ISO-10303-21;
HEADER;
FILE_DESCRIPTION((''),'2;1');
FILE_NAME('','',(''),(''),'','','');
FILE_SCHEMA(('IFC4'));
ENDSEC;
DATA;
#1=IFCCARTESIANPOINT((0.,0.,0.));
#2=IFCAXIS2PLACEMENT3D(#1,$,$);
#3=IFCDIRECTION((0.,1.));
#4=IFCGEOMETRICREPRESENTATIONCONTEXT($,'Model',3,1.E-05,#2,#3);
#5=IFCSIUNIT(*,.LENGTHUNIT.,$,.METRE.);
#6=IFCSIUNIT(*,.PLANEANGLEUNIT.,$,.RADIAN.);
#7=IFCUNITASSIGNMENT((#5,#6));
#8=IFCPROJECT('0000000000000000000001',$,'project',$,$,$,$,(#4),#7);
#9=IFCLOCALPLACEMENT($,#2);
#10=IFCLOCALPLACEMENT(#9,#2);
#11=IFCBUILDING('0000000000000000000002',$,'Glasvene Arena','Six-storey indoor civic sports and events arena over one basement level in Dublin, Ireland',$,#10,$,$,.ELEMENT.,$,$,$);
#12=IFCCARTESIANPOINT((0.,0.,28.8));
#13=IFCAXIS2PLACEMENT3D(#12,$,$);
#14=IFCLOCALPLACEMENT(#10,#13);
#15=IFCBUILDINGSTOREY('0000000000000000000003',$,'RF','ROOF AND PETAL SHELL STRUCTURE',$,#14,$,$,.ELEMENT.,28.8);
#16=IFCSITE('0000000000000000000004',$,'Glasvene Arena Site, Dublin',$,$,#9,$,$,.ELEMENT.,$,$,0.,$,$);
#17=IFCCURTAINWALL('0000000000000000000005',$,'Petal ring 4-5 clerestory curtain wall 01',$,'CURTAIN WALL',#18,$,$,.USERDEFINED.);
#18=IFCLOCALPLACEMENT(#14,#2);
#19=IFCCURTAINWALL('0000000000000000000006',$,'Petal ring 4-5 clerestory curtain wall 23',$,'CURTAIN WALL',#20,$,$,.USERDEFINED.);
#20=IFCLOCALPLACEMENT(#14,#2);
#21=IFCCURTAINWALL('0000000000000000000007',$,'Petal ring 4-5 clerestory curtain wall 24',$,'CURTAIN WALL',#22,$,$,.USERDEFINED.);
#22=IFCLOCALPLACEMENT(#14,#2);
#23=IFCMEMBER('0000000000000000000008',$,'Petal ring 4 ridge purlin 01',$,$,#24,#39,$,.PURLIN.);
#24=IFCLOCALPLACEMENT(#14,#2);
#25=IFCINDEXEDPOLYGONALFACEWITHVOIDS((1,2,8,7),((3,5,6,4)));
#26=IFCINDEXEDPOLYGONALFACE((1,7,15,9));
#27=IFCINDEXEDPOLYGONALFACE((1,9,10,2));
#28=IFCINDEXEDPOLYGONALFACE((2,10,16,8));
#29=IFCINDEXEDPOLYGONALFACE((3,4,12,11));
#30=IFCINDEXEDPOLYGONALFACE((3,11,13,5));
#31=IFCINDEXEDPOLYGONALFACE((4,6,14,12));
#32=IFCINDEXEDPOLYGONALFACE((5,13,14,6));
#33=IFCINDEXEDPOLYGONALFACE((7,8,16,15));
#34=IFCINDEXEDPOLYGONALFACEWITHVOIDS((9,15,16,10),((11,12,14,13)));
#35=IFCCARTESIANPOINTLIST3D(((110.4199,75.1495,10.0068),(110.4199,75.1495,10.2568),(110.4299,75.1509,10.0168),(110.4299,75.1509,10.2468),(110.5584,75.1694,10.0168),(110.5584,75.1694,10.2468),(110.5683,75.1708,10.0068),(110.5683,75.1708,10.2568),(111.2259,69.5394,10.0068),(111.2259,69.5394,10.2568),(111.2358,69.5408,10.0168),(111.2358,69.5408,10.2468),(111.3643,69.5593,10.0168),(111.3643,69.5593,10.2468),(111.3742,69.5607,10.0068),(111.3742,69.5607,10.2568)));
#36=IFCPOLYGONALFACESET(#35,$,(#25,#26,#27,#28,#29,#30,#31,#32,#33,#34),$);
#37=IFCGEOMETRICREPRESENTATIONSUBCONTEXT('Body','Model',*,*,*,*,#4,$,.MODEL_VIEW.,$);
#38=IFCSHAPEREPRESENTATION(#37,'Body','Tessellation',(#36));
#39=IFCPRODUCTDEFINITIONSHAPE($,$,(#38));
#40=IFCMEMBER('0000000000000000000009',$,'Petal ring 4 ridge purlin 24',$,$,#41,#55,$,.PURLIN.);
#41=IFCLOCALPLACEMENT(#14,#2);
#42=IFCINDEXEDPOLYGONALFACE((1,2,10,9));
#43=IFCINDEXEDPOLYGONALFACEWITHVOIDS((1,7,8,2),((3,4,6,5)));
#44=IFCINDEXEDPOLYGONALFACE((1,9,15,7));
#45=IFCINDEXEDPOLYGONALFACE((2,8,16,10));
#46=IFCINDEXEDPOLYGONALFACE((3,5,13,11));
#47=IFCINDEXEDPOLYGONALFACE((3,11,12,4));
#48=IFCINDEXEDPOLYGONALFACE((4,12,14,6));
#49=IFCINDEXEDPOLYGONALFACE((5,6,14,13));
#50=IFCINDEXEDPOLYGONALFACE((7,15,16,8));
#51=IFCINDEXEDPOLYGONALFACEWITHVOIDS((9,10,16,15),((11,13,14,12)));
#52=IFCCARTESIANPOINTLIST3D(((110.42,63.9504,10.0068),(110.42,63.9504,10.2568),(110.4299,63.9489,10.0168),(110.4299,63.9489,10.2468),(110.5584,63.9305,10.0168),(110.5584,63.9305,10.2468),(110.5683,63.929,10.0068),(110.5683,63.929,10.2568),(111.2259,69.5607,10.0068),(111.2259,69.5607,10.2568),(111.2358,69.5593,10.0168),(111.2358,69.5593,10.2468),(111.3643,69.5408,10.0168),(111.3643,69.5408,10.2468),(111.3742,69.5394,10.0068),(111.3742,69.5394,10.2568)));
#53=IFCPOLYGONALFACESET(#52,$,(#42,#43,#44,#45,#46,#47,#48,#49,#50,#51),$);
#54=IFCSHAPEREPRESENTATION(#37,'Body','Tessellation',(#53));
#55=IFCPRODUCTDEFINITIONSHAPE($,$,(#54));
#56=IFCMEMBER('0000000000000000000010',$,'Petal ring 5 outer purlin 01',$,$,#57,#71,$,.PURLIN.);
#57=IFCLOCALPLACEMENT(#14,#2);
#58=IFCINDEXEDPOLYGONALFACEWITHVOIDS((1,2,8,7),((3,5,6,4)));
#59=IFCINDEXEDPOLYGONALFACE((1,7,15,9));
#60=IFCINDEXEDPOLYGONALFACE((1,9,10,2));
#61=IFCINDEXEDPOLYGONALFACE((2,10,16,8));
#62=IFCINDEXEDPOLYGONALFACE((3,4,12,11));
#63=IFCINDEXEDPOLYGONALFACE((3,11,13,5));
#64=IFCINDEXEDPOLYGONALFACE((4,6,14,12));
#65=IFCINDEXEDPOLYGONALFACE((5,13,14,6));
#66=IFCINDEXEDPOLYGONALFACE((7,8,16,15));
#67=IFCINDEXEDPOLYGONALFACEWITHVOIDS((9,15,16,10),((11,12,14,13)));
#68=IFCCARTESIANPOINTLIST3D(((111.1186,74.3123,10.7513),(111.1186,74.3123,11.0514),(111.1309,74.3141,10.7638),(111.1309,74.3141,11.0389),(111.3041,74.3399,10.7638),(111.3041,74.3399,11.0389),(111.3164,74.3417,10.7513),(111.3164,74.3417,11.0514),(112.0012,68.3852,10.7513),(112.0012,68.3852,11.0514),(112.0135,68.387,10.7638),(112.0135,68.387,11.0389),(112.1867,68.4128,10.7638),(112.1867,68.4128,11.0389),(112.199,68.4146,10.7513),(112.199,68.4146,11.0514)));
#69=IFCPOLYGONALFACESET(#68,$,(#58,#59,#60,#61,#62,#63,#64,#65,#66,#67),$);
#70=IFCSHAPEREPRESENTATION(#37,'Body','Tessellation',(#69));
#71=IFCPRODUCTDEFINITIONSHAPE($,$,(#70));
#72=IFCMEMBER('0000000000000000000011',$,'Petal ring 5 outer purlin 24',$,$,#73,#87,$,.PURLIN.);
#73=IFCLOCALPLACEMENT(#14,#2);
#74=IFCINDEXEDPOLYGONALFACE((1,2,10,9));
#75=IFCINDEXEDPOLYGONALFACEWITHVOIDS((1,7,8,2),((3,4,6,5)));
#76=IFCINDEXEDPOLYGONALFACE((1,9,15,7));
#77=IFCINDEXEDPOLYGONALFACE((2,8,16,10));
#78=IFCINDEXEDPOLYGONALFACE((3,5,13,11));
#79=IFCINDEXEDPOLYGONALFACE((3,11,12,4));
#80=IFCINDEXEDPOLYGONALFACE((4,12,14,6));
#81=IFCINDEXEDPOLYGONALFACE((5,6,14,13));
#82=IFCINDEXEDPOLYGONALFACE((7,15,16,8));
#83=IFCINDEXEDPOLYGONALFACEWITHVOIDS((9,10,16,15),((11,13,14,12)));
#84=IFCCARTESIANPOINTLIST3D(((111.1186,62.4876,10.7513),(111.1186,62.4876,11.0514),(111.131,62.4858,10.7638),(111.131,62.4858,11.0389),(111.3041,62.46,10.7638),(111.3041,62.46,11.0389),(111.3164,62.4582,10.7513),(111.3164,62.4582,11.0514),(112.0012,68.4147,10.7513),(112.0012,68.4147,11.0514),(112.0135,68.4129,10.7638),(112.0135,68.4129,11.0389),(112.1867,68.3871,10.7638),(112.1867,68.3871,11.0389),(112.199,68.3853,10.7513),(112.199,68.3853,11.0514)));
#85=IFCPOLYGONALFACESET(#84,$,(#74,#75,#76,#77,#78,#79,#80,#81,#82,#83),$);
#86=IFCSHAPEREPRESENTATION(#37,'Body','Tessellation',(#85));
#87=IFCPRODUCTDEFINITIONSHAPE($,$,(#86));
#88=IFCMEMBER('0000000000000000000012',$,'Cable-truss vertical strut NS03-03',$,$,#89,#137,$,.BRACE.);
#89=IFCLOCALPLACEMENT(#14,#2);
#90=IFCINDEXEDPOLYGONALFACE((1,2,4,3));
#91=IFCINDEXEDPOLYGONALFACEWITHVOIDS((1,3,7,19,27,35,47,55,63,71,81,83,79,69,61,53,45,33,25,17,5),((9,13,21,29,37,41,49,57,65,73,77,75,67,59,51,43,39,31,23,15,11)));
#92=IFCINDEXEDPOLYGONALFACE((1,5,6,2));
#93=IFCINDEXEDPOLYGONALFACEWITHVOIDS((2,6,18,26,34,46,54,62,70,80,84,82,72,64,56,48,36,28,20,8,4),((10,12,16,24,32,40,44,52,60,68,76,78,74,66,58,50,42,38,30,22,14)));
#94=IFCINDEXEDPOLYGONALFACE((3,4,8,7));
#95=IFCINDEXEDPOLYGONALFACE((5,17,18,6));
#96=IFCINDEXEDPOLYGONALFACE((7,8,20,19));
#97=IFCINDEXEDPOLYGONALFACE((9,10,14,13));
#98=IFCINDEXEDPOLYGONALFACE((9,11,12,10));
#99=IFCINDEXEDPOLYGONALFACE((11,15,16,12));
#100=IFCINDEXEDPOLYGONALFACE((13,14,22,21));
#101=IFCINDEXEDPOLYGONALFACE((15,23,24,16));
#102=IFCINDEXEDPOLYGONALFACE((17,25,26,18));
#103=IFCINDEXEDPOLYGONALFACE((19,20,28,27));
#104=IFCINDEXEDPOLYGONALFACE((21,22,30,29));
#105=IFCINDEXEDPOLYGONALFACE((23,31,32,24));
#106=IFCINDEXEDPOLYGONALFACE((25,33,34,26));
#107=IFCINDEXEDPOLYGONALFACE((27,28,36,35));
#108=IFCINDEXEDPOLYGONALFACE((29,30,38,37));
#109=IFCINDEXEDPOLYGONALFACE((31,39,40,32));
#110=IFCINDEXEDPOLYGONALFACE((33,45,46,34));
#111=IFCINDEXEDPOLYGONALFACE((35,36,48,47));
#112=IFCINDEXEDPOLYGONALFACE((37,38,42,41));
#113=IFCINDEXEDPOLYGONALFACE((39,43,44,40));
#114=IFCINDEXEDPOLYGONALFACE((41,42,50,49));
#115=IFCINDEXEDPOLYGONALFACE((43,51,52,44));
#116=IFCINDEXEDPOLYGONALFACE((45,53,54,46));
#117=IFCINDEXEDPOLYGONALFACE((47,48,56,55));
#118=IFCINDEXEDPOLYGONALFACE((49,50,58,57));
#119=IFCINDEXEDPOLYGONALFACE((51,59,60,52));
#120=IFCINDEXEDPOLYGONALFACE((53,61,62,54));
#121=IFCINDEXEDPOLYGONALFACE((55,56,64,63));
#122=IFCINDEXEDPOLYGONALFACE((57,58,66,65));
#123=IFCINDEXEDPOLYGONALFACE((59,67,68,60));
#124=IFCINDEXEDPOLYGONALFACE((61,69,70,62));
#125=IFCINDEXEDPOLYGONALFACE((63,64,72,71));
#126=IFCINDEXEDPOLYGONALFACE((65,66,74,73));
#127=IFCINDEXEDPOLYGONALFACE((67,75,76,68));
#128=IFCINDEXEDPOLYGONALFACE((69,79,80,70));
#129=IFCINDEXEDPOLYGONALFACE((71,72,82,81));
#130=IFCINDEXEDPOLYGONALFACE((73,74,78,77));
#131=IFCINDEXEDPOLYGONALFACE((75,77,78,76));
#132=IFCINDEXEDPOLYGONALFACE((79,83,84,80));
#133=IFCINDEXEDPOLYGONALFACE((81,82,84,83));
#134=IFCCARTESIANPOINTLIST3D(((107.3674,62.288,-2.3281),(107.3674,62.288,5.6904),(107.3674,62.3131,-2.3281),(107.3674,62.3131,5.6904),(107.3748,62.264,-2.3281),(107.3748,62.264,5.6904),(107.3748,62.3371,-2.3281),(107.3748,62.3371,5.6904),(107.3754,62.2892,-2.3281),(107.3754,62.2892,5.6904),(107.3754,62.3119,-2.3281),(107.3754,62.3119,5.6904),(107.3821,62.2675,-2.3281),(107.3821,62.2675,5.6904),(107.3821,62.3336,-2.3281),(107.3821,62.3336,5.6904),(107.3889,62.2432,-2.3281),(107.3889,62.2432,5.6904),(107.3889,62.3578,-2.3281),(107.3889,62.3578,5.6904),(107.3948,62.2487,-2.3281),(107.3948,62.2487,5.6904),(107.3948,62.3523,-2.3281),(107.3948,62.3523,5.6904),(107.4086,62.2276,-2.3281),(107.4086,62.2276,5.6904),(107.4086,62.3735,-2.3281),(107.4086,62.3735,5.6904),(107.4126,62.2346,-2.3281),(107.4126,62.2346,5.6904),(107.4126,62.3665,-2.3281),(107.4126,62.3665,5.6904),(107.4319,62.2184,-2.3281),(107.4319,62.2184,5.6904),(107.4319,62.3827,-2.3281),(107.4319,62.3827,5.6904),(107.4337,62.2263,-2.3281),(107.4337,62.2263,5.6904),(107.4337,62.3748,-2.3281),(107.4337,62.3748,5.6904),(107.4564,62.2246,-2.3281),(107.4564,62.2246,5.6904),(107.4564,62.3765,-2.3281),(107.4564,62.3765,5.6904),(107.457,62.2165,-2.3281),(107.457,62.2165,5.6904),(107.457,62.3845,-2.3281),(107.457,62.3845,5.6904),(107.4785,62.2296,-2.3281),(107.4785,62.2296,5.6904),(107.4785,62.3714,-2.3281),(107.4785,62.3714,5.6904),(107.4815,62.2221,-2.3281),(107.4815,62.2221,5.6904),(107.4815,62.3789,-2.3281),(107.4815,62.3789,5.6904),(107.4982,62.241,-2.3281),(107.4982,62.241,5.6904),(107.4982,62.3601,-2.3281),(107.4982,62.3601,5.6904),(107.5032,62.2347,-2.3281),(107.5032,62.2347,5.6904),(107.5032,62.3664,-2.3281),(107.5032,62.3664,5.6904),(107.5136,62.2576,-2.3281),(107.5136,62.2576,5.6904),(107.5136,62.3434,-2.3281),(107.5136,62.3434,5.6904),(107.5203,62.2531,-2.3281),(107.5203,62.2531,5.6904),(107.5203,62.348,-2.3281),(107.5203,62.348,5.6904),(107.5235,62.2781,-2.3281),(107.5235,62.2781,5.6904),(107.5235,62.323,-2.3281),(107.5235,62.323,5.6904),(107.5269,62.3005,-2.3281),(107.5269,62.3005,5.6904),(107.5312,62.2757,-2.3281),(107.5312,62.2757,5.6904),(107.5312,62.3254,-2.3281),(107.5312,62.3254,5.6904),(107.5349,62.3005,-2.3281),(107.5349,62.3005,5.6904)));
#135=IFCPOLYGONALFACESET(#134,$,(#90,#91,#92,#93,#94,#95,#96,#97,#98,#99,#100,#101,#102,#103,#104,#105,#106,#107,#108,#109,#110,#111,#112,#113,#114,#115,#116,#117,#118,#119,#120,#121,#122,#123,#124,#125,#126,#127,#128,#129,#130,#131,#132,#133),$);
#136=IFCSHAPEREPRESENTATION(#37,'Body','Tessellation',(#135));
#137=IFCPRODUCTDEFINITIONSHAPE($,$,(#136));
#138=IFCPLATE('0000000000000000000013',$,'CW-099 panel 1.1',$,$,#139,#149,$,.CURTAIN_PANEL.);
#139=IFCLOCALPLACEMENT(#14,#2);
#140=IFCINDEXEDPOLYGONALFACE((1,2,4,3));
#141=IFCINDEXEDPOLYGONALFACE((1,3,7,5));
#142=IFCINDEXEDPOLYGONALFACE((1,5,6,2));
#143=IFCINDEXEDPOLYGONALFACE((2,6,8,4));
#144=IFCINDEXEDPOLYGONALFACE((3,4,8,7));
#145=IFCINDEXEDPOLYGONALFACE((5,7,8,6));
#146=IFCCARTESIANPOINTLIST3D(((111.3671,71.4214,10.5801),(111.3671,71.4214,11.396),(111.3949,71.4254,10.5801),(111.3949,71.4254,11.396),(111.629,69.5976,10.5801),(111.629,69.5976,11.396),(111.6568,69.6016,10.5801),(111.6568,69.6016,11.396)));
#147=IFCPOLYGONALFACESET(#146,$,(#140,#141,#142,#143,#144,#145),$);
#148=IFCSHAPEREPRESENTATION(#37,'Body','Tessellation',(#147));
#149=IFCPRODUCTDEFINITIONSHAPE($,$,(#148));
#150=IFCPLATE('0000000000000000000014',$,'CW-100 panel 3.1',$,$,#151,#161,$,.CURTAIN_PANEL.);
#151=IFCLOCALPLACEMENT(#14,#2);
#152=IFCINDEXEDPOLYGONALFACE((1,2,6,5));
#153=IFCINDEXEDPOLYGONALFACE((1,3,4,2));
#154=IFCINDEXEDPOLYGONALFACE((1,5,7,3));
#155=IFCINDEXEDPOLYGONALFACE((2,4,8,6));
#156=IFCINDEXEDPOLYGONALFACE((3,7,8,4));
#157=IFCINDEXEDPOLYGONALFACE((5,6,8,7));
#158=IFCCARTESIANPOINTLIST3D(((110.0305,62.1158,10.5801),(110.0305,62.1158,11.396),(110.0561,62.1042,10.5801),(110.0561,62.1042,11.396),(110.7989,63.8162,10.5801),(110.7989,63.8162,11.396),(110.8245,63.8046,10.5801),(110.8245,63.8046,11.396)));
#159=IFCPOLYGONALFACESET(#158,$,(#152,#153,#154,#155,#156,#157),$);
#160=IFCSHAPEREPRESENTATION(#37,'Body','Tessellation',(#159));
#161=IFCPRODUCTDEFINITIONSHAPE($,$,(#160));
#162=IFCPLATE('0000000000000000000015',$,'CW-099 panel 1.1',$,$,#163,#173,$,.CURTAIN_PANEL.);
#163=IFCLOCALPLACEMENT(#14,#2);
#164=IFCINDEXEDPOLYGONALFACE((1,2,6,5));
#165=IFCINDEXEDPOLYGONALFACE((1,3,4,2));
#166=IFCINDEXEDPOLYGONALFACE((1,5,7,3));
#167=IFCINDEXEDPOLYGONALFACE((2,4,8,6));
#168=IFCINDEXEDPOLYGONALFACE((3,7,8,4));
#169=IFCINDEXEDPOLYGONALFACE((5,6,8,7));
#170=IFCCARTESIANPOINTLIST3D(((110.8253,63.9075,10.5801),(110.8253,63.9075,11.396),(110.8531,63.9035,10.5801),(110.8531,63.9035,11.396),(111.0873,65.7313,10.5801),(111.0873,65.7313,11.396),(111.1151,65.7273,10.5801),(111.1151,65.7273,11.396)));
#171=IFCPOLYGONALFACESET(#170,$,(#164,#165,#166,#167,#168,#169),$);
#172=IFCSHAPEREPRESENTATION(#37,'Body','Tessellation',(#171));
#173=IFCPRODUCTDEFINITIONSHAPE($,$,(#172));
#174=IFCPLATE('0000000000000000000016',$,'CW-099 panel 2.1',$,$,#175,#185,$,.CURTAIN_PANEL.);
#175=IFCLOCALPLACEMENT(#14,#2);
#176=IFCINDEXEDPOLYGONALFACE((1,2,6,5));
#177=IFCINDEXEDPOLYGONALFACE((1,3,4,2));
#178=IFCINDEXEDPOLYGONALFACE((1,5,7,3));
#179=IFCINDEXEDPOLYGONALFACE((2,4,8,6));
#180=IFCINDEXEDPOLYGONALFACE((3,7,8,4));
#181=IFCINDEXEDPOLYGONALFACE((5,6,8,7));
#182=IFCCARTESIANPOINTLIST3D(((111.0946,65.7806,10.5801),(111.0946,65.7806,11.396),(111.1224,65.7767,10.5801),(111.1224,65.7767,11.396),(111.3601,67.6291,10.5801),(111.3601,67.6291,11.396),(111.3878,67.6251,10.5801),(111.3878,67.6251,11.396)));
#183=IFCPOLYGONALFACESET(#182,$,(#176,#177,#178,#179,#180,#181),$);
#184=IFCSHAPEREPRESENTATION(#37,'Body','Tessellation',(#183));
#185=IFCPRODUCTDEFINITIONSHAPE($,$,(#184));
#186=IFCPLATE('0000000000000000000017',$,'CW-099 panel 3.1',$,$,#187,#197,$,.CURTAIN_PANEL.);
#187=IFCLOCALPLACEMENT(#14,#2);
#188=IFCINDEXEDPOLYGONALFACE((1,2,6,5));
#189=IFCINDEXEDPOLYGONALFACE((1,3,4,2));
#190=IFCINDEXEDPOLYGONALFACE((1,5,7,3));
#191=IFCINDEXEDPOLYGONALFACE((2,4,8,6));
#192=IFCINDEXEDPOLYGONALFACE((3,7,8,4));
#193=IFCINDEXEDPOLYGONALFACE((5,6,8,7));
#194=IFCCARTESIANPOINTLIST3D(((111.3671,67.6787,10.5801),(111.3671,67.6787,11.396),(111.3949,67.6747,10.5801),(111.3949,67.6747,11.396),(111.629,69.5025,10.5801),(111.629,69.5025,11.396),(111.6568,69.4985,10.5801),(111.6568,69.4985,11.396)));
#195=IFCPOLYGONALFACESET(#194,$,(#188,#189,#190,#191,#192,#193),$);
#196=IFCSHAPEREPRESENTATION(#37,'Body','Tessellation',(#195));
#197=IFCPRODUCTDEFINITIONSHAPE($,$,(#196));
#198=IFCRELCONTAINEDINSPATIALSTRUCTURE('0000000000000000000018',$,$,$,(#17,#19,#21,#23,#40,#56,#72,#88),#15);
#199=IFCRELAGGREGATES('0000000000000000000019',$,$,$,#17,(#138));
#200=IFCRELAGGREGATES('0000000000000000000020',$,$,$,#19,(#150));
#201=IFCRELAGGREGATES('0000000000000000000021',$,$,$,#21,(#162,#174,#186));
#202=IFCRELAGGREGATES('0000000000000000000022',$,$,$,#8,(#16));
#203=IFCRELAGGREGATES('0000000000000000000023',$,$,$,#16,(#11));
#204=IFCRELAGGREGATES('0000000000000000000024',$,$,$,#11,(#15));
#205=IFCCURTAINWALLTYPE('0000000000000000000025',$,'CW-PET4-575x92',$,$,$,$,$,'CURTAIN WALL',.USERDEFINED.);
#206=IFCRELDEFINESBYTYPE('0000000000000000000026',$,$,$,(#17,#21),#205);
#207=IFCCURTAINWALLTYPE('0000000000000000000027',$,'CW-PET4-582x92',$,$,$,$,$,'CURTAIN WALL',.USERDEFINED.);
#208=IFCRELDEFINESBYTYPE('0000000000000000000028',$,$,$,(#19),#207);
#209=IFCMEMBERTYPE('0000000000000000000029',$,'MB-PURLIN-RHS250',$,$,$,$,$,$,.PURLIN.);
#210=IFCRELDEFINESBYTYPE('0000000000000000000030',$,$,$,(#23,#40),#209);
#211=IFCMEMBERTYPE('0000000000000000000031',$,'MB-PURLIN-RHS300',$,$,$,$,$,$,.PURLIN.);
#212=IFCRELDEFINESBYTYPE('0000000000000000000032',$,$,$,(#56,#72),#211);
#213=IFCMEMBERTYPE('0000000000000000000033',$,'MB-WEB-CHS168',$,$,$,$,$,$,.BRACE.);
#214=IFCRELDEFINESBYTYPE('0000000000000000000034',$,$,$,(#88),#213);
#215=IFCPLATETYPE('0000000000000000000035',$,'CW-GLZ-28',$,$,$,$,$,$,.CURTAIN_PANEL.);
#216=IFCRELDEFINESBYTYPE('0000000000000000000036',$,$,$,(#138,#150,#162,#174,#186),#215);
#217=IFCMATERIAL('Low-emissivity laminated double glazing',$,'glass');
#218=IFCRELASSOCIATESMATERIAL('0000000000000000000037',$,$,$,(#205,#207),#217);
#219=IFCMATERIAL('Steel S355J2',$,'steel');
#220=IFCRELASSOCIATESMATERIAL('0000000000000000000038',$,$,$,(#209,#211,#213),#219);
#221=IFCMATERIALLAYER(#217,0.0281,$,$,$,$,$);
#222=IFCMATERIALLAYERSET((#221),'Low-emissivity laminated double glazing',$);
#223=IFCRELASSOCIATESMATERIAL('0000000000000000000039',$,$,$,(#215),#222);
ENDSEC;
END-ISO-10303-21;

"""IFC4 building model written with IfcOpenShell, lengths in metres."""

from ifc_helpers import new_model, si_unit, direction, frame, origin, origin_2d, place, context, subcontext, project, spatial, rectangle, hollow_rectangle, hollow_circle, extrude, material, layer, layer_set, material_profile, profile_set, type_object, element, aggregate, save


model = new_model("IFC4")

# Units and contexts
model_context = context("Model", 3, precision=1e-05, world=origin(), true_north=direction((0.0, 1.0)))
body_context = subcontext(model_context, "Body", "Model", "MODEL_VIEW")
ifc_project = project(units=[si_unit("LENGTHUNIT", "METRE"), si_unit("PLANEANGLEUNIT", "RADIAN")], contexts=[model_context])

# Site, building, storey
site_placement = place(None, origin())
site = spatial("IfcSite", under=ifc_project, at=site_placement, Name="Glasvene Arena Site, Dublin", CompositionType="ELEMENT", RefElevation=0.0)
building_placement = place(site_placement, origin())
building = spatial("IfcBuilding", under=site, at=building_placement, Name="Glasvene Arena", Description="Six-storey indoor civic sports and events arena over one basement level in Dublin, Ireland", CompositionType="ELEMENT")
storey_placement = place(building_placement, frame((0.0, 0.0, 28.8)))
storey = spatial("IfcBuildingStorey", under=building, at=storey_placement, Name="RF", Description="ROOF AND PETAL SHELL STRUCTURE", CompositionType="ELEMENT", Elevation=28.8)

# Curtain walls
ifc_material_1 = material(Name="Low-emissivity laminated double glazing", Category="glass")
curtain_wall_type_1 = type_object("IfcCurtainWallType", Name="CW-PET4-575x92", ElementType="CURTAIN WALL", PredefinedType="USERDEFINED", material=ifc_material_1)
curtain_wall_1_placement = place(storey_placement, frame((111.6499, 69.55, 0.0)))
curtain_wall_1 = element("IfcCurtainWall", 1, at=curtain_wall_1_placement, inside=storey, type_object=curtain_wall_type_1, Name="Petal ring 4-5 clerestory curtain wall 01", ObjectType="CURTAIN WALL", PredefinedType="USERDEFINED")
curtain_wall_type_2 = type_object("IfcCurtainWallType", Name="CW-PET4-582x92", ElementType="CURTAIN WALL", PredefinedType="USERDEFINED", material=ifc_material_1)
curtain_wall_2_placement = place(storey_placement, frame((108.4346, 58.55, 0.0)))
curtain_wall_2 = element("IfcCurtainWall", 2, at=curtain_wall_2_placement, inside=storey, type_object=curtain_wall_type_2, Name="Petal ring 4-5 clerestory curtain wall 23", ObjectType="CURTAIN WALL", PredefinedType="USERDEFINED")
curtain_wall_3_placement = place(storey_placement, frame((110.8323, 63.856, 0.0)))
curtain_wall_3 = element("IfcCurtainWall", 3, at=curtain_wall_3_placement, inside=storey, type_object=curtain_wall_type_1, Name="Petal ring 4-5 clerestory curtain wall 24", ObjectType="CURTAIN WALL", PredefinedType="USERDEFINED")

# Members
ifc_material_2 = material(Name="Steel S355J2", Category="steel")
ifc_material_profile_1 = material_profile(ifc_material_2, hollow_rectangle(XDim=0.1499, YDim=0.25, WallThickness=0.01, at=origin_2d()), Name="RHS 250x150x10.0")
ifc_profile_set_1 = profile_set([ifc_material_profile_1], Name="Steel S355J2")
member_type_1 = type_object("IfcMemberType", Name="MB-PURLIN-RHS250", PredefinedType="PURLIN", material=ifc_profile_set_1)
member_1_placement = place(storey_placement, frame((111.3, 69.55, 10.1318), z_axis=(-0.142193, 0.989839, 0.0), x_axis=(-0.989839, -0.142193, 0.0)))
element("IfcMember", 4, at=member_1_placement, inside=storey, type_object=member_type_1, Name="Petal ring 4 ridge purlin 01", PredefinedType="PURLIN", context=body_context, shape_type="SweptSolid", body=[
    extrude(hollow_rectangle(XDim=0.1499, YDim=0.25, WallThickness=0.01, at=origin_2d()), origin(), (0.0, 0.0, 1.0), 5.6677),
])
member_2_placement = place(storey_placement, frame((110.4941, 63.9397, 10.1318), z_axis=(0.142187, 0.98984, 0.0), x_axis=(-0.98984, 0.142187, 0.0)))
element("IfcMember", 5, at=member_2_placement, inside=storey, type_object=member_type_1, Name="Petal ring 4 ridge purlin 24", PredefinedType="PURLIN", context=body_context, shape_type="SweptSolid", body=[
    extrude(hollow_rectangle(XDim=0.1499, YDim=0.25, WallThickness=0.01, at=origin_2d()), origin(), (0.0, 0.0, 1.0), 5.668),
])
ifc_material_profile_2 = material_profile(ifc_material_2, hollow_rectangle(XDim=0.2, YDim=0.3, WallThickness=0.0125, at=origin_2d()), Name="RHS 300x200x12.5")
ifc_profile_set_2 = profile_set([ifc_material_profile_2], Name="Steel S355J2")
member_type_2 = type_object("IfcMemberType", Name="MB-PURLIN-RHS300", PredefinedType="PURLIN", material=ifc_profile_set_2)
for number, where, z_axis, x_axis, name in (
    (6, (112.1001, 68.3999, 10.9014), (-0.147282, 0.989094, 0.0), (-0.989094, -0.147282, 0.0), "Petal ring 5 outer purlin 01"),
    (7, (111.2175, 62.4729, 10.9014), (0.147282, 0.989094, 0.0), (-0.989094, 0.147282, 0.0), "Petal ring 5 outer purlin 24"),
):
    element("IfcMember", number, at=place(storey_placement, frame(where, z_axis=z_axis, x_axis=x_axis)), inside=storey, type_object=member_type_2, Name=name, PredefinedType="PURLIN", context=body_context, shape_type="SweptSolid", body=[
        extrude(hollow_rectangle(XDim=0.2, YDim=0.3, WallThickness=0.0125, at=origin_2d()), origin(), (0.0, 0.0, 1.0), 5.9924),
    ])
ifc_material_profile_3 = material_profile(ifc_material_2, hollow_circle(Radius=0.0842, WallThickness=0.0081, at=origin_2d()), Name="CHS 168.3x8.0")
ifc_profile_set_3 = profile_set([ifc_material_profile_3], Name="Steel S355J2")
member_type_3 = type_object("IfcMemberType", Name="MB-WEB-CHS168", PredefinedType="BRACE", material=ifc_profile_set_3)
member_3_placement = place(storey_placement, frame((107.4507, 62.3005, -2.3281), z_axis=(0.0, 0.0, 1.0), x_axis=(1.0, 0.0, 0.0)))
element("IfcMember", 8, at=member_3_placement, inside=storey, type_object=member_type_3, Name="Cable-truss vertical strut NS03-03", PredefinedType="BRACE", context=body_context, shape_type="SweptSolid", body=[
    extrude(hollow_circle(Radius=0.0842, WallThickness=0.0081, at=origin_2d()), origin(), (0.0, 0.0, 1.0), 8.0186),
])

# Plates
ifc_layer_1 = layer(ifc_material_1, 0.0281)
ifc_layer_set_1 = layer_set([ifc_layer_1], Name="Low-emissivity laminated double glazing")
plate_type = type_object("IfcPlateType", Name="CW-GLZ-28", PredefinedType="CURTAIN_PANEL", material=ifc_layer_set_1)
plate_1_placement = place(storey_placement, frame((111.512, 70.5115, 10.5801), z_axis=(0.0, 0.0, 1.0), x_axis=(-0.142166, 0.989843, 0.0)))
plate_1 = element("IfcPlate", 9, at=plate_1_placement, type_object=plate_type, Name="CW-099 panel 1.1", PredefinedType="CURTAIN_PANEL", context=body_context, shape_type="SweptSolid", body=[
    extrude(rectangle(XDim=1.8425, YDim=0.0281, at=origin_2d()), origin(), (0.0, 0.0, 1.0), 0.8159),
])
aggregate(curtain_wall_1, [plate_1])
plate_2_placement = place(storey_placement, frame((110.4275, 62.9602, 10.5801), z_axis=(0.0, 0.0, 1.0), x_axis=(0.411778, 0.911284, 0.0)))
plate_2 = element("IfcPlate", 10, at=plate_2_placement, type_object=plate_type, Name="CW-100 panel 3.1", PredefinedType="CURTAIN_PANEL", context=body_context, shape_type="SweptSolid", body=[
    extrude(rectangle(XDim=1.866, YDim=0.0281, at=origin_2d()), origin(), (0.0, 0.0, 1.0), 0.8159),
])
aggregate(curtain_wall_2, [plate_2])
plate_3_placement = place(storey_placement, frame((110.9702, 64.8174, 10.5801), z_axis=(0.0, 0.0, 1.0), x_axis=(0.142166, 0.989843, 0.0)))
plate_3 = element("IfcPlate", 11, at=plate_3_placement, type_object=plate_type, Name="CW-099 panel 1.1", PredefinedType="CURTAIN_PANEL", context=body_context, shape_type="SweptSolid", body=[
    extrude(rectangle(XDim=1.8425, YDim=0.0281, at=origin_2d()), origin(), (0.0, 0.0, 1.0), 0.8159),
])
plate_4_placement = place(storey_placement, frame((111.2412, 66.7029, 10.5801), z_axis=(0.0, 0.0, 1.0), x_axis=(0.142166, 0.989843, 0.0)))
plate_4 = element("IfcPlate", 12, at=plate_4_placement, type_object=plate_type, Name="CW-099 panel 2.1", PredefinedType="CURTAIN_PANEL", context=body_context, shape_type="SweptSolid", body=[
    extrude(rectangle(XDim=1.8674, YDim=0.0281, at=origin_2d()), origin(), (0.0, 0.0, 1.0), 0.8159),
])
plate_5_placement = place(storey_placement, frame((111.512, 68.5886, 10.5801), z_axis=(0.0, 0.0, 1.0), x_axis=(0.142166, 0.989843, 0.0)))
plate_5 = element("IfcPlate", 13, at=plate_5_placement, type_object=plate_type, Name="CW-099 panel 3.1", PredefinedType="CURTAIN_PANEL", context=body_context, shape_type="SweptSolid", body=[
    extrude(rectangle(XDim=1.8425, YDim=0.0281, at=origin_2d()), origin(), (0.0, 0.0, 1.0), 0.8159),
])
aggregate(curtain_wall_3, [plate_3, plate_4, plate_5])

save(model, "model.ifc")
